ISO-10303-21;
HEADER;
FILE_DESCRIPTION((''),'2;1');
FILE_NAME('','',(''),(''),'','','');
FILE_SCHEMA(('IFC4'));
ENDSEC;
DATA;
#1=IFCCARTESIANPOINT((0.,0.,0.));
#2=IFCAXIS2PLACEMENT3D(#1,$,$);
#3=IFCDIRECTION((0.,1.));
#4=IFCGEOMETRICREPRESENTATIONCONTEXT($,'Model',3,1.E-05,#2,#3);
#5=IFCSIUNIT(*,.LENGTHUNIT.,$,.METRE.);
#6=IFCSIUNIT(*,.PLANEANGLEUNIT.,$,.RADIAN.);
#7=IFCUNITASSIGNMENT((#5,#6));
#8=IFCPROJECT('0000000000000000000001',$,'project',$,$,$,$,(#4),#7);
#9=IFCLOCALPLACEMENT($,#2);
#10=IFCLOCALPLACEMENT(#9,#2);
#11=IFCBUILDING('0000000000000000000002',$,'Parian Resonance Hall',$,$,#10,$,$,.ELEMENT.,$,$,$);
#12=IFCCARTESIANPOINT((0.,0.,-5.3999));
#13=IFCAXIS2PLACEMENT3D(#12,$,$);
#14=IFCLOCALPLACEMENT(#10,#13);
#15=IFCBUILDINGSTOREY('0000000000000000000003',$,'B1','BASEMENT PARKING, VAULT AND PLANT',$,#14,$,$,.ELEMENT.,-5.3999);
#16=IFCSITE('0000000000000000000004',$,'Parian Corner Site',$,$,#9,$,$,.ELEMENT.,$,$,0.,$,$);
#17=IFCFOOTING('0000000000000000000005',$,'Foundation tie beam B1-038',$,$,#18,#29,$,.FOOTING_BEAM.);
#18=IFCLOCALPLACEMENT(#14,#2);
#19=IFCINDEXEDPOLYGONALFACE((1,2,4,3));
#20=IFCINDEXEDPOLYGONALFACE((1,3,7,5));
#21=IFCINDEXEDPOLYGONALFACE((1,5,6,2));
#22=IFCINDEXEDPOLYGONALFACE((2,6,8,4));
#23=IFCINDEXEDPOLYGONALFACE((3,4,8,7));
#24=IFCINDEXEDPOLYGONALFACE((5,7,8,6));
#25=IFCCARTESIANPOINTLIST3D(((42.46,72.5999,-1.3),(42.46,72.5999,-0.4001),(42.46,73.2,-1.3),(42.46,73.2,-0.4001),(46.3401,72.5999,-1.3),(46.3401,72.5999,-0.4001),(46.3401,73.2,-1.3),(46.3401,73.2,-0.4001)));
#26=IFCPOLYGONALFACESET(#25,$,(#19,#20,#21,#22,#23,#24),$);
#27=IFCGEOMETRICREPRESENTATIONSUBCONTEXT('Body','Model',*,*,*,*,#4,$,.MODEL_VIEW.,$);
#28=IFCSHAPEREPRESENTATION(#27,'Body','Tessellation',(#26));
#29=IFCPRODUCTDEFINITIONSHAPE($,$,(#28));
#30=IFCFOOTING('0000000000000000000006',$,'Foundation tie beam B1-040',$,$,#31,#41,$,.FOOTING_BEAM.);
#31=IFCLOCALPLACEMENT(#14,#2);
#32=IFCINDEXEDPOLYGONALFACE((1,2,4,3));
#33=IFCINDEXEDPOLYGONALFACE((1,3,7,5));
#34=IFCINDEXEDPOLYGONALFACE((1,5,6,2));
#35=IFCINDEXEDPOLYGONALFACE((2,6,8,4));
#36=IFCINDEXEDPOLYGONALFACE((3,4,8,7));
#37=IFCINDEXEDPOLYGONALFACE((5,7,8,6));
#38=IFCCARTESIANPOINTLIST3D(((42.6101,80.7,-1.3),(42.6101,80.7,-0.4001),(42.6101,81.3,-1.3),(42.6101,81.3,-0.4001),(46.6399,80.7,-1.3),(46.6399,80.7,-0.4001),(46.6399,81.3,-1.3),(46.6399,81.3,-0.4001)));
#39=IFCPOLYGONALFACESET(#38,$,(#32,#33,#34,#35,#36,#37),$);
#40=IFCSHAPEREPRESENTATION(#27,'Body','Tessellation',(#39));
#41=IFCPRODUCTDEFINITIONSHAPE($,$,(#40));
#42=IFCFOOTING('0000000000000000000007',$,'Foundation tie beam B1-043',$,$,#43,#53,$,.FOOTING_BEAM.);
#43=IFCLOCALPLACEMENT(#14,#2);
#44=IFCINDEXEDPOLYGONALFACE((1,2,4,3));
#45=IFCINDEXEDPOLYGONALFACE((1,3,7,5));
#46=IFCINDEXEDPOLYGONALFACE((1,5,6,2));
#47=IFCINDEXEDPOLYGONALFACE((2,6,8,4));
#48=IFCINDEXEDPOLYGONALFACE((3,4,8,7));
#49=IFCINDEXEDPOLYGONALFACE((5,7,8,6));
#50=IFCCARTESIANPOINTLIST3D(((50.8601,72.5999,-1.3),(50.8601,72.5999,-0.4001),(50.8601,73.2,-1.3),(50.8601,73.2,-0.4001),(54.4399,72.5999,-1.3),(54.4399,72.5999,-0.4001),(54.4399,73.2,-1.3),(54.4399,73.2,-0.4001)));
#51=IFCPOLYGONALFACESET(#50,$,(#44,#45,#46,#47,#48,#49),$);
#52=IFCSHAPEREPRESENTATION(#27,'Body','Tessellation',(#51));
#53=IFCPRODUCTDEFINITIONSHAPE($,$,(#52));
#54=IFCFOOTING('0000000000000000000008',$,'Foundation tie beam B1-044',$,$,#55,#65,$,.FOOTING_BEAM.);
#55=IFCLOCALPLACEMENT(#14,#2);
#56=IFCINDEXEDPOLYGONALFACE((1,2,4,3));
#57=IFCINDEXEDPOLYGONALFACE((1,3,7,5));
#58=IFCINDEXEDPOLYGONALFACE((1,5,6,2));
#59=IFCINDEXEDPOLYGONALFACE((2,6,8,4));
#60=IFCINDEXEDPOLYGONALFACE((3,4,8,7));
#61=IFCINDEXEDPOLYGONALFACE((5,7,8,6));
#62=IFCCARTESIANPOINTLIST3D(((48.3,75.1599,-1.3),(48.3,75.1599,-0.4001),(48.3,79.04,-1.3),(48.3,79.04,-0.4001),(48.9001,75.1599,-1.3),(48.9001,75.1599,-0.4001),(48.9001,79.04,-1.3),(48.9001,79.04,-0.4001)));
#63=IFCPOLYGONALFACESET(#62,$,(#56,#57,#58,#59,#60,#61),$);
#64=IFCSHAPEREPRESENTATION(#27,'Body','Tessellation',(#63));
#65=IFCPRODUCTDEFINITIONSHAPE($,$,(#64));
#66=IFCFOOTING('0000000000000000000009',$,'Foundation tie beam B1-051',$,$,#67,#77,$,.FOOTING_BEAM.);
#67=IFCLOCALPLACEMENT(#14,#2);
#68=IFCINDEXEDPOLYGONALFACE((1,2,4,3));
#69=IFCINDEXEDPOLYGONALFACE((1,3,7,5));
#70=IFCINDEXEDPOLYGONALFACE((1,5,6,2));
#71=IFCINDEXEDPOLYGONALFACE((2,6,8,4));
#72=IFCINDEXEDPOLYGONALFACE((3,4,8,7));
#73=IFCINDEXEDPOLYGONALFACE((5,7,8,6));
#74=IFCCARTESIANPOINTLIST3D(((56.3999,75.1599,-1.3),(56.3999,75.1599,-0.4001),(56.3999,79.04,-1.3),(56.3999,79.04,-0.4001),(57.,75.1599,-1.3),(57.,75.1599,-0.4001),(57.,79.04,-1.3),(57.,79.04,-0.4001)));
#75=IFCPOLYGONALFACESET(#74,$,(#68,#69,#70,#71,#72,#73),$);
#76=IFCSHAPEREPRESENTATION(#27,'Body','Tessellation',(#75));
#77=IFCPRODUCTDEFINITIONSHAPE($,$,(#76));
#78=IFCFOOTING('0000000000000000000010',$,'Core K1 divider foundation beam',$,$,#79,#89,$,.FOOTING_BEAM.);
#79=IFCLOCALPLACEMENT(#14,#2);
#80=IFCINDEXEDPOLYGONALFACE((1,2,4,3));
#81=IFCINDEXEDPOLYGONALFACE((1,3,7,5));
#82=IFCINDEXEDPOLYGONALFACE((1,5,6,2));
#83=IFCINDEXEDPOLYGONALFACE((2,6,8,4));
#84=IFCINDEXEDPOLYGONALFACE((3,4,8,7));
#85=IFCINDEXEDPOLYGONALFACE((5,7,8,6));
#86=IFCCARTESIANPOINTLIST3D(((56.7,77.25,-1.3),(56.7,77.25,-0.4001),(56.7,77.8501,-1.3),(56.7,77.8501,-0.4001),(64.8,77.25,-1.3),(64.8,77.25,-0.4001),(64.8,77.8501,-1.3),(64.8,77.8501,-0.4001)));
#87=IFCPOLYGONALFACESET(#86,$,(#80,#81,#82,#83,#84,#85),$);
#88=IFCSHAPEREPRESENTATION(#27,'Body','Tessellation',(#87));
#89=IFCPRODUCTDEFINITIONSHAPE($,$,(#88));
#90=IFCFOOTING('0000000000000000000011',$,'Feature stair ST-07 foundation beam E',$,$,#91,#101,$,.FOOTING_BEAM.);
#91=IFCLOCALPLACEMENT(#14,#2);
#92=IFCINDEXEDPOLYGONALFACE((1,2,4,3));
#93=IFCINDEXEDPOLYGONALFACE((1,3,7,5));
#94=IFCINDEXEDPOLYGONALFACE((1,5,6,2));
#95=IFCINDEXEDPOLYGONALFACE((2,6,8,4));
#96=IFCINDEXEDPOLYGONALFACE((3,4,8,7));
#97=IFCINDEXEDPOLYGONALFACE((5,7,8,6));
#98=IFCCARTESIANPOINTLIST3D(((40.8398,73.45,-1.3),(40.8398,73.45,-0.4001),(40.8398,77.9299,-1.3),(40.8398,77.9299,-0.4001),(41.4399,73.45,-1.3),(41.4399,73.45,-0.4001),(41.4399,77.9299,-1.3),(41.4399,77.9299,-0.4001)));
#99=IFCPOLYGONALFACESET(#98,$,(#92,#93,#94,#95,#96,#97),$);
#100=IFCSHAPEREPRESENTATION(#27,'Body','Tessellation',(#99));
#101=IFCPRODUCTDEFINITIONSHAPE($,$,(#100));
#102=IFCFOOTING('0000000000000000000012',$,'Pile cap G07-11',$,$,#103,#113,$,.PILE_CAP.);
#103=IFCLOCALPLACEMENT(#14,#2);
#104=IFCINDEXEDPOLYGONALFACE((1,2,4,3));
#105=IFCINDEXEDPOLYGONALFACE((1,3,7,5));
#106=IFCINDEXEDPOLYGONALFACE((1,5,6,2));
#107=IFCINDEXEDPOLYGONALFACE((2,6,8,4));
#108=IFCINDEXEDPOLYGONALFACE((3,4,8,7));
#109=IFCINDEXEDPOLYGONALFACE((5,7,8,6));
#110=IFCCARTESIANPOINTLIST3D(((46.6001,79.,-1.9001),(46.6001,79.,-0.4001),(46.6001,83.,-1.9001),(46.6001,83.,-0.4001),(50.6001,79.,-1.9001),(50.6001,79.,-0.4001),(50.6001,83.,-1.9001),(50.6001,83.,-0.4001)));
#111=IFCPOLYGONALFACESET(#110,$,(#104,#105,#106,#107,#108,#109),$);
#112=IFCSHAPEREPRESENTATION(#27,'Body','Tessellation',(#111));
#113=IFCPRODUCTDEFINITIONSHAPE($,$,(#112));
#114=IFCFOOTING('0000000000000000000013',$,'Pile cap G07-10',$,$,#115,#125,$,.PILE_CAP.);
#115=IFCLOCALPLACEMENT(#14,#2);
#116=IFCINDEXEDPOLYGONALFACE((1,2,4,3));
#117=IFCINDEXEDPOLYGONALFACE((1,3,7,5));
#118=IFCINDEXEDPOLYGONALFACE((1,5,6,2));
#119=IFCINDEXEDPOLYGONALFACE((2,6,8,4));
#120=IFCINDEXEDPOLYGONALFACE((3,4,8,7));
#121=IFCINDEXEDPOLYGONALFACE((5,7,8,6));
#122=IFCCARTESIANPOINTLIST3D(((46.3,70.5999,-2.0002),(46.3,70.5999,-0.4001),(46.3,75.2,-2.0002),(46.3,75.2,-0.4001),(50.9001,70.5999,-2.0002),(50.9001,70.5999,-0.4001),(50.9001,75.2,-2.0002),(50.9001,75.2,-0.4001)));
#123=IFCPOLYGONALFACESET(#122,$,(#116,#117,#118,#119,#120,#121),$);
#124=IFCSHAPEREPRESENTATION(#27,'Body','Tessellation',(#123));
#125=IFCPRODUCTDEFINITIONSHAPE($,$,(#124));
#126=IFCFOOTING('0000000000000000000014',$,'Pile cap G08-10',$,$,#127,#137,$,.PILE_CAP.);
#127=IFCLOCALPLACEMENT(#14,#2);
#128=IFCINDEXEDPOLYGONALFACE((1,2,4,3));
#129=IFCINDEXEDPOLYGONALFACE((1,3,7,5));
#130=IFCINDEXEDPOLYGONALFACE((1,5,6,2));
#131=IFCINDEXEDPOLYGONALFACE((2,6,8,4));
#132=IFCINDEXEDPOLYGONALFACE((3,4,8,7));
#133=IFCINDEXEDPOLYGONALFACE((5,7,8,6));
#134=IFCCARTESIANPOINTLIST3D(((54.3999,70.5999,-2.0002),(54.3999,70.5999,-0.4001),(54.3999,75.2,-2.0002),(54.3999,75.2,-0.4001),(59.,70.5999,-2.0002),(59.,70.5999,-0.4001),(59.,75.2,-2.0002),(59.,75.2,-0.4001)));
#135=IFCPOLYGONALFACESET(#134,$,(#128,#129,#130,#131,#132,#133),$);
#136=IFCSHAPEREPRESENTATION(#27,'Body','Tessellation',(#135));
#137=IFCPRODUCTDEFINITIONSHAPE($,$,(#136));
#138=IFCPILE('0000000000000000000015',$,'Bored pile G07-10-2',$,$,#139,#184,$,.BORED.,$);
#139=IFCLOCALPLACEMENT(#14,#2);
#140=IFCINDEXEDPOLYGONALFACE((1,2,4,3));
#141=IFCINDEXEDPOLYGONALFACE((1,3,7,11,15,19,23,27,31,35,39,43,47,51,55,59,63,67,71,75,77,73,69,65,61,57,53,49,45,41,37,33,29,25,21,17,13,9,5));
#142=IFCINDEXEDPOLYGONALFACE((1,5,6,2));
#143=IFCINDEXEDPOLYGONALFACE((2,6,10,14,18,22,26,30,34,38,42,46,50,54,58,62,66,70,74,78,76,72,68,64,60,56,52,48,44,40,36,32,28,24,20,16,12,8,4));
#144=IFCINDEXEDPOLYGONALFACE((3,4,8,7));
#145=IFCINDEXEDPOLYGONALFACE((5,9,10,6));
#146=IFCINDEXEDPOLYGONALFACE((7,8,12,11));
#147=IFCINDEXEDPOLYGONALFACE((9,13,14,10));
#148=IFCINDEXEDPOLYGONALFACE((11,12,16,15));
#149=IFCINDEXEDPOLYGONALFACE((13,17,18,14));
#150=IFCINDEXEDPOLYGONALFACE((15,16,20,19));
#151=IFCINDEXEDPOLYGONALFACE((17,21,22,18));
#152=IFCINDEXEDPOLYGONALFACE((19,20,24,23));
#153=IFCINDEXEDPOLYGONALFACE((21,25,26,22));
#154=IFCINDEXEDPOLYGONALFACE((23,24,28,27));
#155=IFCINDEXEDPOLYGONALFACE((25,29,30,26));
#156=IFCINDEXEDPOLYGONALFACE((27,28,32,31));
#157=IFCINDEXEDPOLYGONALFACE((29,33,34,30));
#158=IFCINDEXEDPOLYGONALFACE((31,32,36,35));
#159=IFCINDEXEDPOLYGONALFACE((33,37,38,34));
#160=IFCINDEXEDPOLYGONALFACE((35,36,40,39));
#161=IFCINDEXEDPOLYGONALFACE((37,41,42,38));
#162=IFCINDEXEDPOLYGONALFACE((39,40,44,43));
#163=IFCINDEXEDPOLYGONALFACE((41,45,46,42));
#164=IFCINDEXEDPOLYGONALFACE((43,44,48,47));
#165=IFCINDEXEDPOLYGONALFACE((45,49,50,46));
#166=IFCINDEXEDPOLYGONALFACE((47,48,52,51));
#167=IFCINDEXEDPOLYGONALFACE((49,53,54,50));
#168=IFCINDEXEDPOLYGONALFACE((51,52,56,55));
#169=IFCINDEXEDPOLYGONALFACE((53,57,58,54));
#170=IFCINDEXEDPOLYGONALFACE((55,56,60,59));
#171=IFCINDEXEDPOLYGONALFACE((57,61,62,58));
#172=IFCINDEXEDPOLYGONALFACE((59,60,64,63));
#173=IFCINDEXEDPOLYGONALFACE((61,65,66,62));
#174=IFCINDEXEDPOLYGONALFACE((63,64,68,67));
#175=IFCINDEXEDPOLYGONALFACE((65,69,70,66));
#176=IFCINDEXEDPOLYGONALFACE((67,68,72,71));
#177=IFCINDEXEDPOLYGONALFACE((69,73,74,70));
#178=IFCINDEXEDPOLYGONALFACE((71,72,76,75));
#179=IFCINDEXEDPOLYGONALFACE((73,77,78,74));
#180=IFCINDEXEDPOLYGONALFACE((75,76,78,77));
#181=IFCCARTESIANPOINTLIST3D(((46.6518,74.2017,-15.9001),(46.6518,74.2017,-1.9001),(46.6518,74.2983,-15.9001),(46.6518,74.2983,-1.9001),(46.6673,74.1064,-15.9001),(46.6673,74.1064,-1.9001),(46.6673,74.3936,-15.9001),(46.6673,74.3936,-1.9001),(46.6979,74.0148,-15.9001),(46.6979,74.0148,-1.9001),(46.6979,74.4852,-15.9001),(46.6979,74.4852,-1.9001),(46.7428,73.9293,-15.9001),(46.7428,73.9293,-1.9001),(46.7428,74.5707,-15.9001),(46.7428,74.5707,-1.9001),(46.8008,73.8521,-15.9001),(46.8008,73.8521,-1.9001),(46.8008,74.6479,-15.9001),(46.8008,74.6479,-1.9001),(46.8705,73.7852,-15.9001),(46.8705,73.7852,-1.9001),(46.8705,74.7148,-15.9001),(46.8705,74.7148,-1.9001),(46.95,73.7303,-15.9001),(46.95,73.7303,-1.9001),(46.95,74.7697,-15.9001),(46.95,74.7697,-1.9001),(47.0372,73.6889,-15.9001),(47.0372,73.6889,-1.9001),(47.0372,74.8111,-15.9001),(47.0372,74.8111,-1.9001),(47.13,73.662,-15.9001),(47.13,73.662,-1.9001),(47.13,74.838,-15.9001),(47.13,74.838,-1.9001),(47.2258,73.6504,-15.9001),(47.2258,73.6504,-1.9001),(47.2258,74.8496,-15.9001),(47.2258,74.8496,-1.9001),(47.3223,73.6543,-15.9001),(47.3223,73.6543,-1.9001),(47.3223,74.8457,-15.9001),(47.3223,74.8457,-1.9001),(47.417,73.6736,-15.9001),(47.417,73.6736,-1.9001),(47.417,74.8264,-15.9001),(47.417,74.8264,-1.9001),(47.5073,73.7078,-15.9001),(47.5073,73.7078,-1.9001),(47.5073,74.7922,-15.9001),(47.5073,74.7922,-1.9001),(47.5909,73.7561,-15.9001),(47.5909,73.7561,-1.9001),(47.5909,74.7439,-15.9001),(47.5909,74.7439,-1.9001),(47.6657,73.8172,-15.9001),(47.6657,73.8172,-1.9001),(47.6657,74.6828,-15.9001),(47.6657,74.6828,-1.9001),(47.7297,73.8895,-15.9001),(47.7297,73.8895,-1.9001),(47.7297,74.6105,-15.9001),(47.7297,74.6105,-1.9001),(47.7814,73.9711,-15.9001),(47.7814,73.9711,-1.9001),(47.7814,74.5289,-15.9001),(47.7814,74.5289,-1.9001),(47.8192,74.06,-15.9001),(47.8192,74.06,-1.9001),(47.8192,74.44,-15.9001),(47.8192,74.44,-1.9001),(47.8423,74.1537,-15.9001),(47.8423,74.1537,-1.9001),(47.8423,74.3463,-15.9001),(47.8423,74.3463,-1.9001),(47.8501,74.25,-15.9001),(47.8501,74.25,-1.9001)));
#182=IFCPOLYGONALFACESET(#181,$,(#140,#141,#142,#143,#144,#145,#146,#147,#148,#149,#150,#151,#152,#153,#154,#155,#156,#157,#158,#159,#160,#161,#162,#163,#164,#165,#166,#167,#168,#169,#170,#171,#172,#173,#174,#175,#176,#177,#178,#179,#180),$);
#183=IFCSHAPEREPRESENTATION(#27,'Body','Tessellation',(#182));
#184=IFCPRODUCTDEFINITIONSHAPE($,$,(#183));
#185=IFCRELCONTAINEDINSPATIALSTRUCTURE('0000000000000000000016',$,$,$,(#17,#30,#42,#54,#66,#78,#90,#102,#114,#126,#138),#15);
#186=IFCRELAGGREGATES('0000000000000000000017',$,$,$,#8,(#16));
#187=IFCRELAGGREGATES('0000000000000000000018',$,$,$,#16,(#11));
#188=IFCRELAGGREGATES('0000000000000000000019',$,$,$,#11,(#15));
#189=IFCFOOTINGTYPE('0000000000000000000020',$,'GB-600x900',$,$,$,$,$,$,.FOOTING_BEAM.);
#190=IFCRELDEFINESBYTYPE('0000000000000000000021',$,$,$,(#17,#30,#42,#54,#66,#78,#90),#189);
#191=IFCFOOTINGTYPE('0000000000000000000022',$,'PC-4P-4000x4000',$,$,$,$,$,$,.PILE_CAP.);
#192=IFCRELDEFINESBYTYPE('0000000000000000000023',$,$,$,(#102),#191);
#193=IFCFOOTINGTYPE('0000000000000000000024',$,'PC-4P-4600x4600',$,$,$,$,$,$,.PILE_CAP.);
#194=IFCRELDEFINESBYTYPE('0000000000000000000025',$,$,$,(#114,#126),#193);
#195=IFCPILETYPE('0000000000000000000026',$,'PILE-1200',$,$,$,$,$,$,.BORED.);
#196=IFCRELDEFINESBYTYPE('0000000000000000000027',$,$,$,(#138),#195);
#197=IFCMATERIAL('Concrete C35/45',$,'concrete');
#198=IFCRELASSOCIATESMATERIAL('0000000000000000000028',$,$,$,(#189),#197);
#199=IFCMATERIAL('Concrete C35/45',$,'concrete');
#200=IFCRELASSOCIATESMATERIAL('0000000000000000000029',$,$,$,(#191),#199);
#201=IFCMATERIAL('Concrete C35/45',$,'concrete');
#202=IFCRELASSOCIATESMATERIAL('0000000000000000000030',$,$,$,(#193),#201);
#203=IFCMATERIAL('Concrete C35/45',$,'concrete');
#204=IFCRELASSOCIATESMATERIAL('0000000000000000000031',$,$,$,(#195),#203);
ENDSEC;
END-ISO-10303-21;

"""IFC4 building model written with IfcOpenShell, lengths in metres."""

from ifc_helpers import new_model, si_unit, direction, frame, origin, origin_2d, place, context, subcontext, project, spatial, rectangle, circle, extrude, material, material_profile, profile_set, type_object, element, save


model = new_model("IFC4")

# Units and contexts
model_context = context("Model", 3, precision=1e-05, world=origin(), true_north=direction((0.0, 1.0)))
body_context = subcontext(model_context, "Body", "Model", "MODEL_VIEW")
ifc_project = project(units=[si_unit("LENGTHUNIT", "METRE"), si_unit("PLANEANGLEUNIT", "RADIAN")], contexts=[model_context])

# Site, building, storey
site_placement = place(None, origin())
site = spatial("IfcSite", under=ifc_project, at=site_placement, Name="Parian Corner Site", CompositionType="ELEMENT", RefElevation=0.0)
building_placement = place(site_placement, origin())
building = spatial("IfcBuilding", under=site, at=building_placement, Name="Parian Resonance Hall", CompositionType="ELEMENT")
storey_placement = place(building_placement, frame((0.0, 0.0, -5.3999)))
storey = spatial("IfcBuildingStorey", under=building, at=storey_placement, Name="B1", Description="BASEMENT PARKING, VAULT AND PLANT", CompositionType="ELEMENT", Elevation=-5.3999)

# Footings
ifc_material_1 = material(Name="Concrete C35/45", Category="concrete")
ifc_material_profile_1 = material_profile(ifc_material_1, rectangle(XDim=0.6001, YDim=0.8999, at=origin_2d()), Name="RC-GB-600x900")
ifc_profile_set_1 = profile_set([ifc_material_profile_1], Name="Concrete C35/45")
footing_type_1 = type_object("IfcFootingType", Name="GB-600x900", PredefinedType="FOOTING_BEAM", material=ifc_profile_set_1)
footing_1_placement = place(storey_placement, frame((42.46, 72.8999, -0.8501), z_axis=(1.0, 0.0, 0.0), x_axis=(0.0, 1.0, 0.0)))
element("IfcFooting", 1, at=footing_1_placement, inside=storey, type_object=footing_type_1, Name="Foundation tie beam B1-038", PredefinedType="FOOTING_BEAM", context=body_context, shape_type="SweptSolid", body=[
    extrude(rectangle(XDim=0.6001, YDim=0.8999, at=origin_2d()), origin(), (0.0, 0.0, 1.0), 3.8801),
])
footing_2_placement = place(storey_placement, frame((42.6101, 81.0, -0.8501), z_axis=(1.0, 0.0, 0.0), x_axis=(0.0, 1.0, 0.0)))
element("IfcFooting", 2, at=footing_2_placement, inside=storey, type_object=footing_type_1, Name="Foundation tie beam B1-040", PredefinedType="FOOTING_BEAM", context=body_context, shape_type="SweptSolid", body=[
    extrude(rectangle(XDim=0.6001, YDim=0.8999, at=origin_2d()), origin(), (0.0, 0.0, 1.0), 4.0298),
])
footing_3_placement = place(storey_placement, frame((50.8601, 72.8999, -0.8501), z_axis=(1.0, 0.0, 0.0), x_axis=(0.0, 1.0, 0.0)))
element("IfcFooting", 3, at=footing_3_placement, inside=storey, type_object=footing_type_1, Name="Foundation tie beam B1-043", PredefinedType="FOOTING_BEAM", context=body_context, shape_type="SweptSolid", body=[
    extrude(rectangle(XDim=0.6001, YDim=0.8999, at=origin_2d()), origin(), (0.0, 0.0, 1.0), 3.5798),
])
for number, where, z_axis, x_axis, name in (
    (4, (48.6001, 75.1599, -0.8501), (0.0, 1.0, 0.0), (-1.0, 0.0, 0.0), "Foundation tie beam B1-044"),
    (5, (56.7, 75.1599, -0.8501), (0.0, 1.0, 0.0), (-1.0, 0.0, 0.0), "Foundation tie beam B1-051"),
):
    element("IfcFooting", number, at=place(storey_placement, frame(where, z_axis=z_axis, x_axis=x_axis)), inside=storey, type_object=footing_type_1, Name=name, PredefinedType="FOOTING_BEAM", context=body_context, shape_type="SweptSolid", body=[
        extrude(rectangle(XDim=0.6001, YDim=0.8999, at=origin_2d()), origin(), (0.0, 0.0, 1.0), 3.8801),
    ])
footing_4_placement = place(storey_placement, frame((56.7, 77.55, -0.8501), z_axis=(1.0, 0.0, 0.0), x_axis=(0.0, 1.0, 0.0)))
element("IfcFooting", 6, at=footing_4_placement, inside=storey, type_object=footing_type_1, Name="Core K1 divider foundation beam", PredefinedType="FOOTING_BEAM", context=body_context, shape_type="SweptSolid", body=[
    extrude(rectangle(XDim=0.6001, YDim=0.8999, at=origin_2d()), origin(), (0.0, 0.0, 1.0), 8.1001),
])
footing_5_placement = place(storey_placement, frame((41.1399, 73.45, -0.8501), z_axis=(0.0, 1.0, 0.0), x_axis=(-1.0, 0.0, 0.0)))
element("IfcFooting", 7, at=footing_5_placement, inside=storey, type_object=footing_type_1, Name="Feature stair ST-07 foundation beam E", PredefinedType="FOOTING_BEAM", context=body_context, shape_type="SweptSolid", body=[
    extrude(rectangle(XDim=0.6001, YDim=0.8999, at=origin_2d()), origin(), (0.0, 0.0, 1.0), 4.48),
])
ifc_material_2 = material(Name="Concrete C35/45", Category="concrete")
footing_type_2 = type_object("IfcFootingType", Name="PC-4P-4000x4000", PredefinedType="PILE_CAP", material=ifc_material_2)
footing_6_placement = place(storey_placement, frame((48.6001, 81.0, -1.9001), z_axis=(0.0, 0.0, 1.0), x_axis=(1.0, 0.0, 0.0)))
element("IfcFooting", 8, at=footing_6_placement, inside=storey, type_object=footing_type_2, Name="Pile cap G07-11", PredefinedType="PILE_CAP", context=body_context, shape_type="SweptSolid", body=[
    extrude(rectangle(XDim=4.0, YDim=4.0, at=origin_2d()), origin(), (0.0, 0.0, 1.0), 1.5),
])
ifc_material_3 = material(Name="Concrete C35/45", Category="concrete")
footing_type_3 = type_object("IfcFootingType", Name="PC-4P-4600x4600", PredefinedType="PILE_CAP", material=ifc_material_3)
for number, where, z_axis, x_axis, name in (
    (9, (48.6001, 72.8999, -2.0002), (0.0, 0.0, 1.0), (1.0, 0.0, 0.0), "Pile cap G07-10"),
    (10, (56.7, 72.8999, -2.0002), (0.0, 0.0, 1.0), (1.0, 0.0, 0.0), "Pile cap G08-10"),
):
    element("IfcFooting", number, at=place(storey_placement, frame(where, z_axis=z_axis, x_axis=x_axis)), inside=storey, type_object=footing_type_3, Name=name, PredefinedType="PILE_CAP", context=body_context, shape_type="SweptSolid", body=[
        extrude(rectangle(XDim=4.6001, YDim=4.6001, at=origin_2d()), origin(), (0.0, 0.0, 1.0), 1.6001),
    ])

# Pile
ifc_material_4 = material(Name="Concrete C35/45", Category="concrete")
ifc_material_profile_2 = material_profile(ifc_material_4, circle(Radius=0.6001, at=origin_2d()), Name="PILE-D1200")
ifc_profile_set_2 = profile_set([ifc_material_profile_2], Name="Concrete C35/45")
pile_type_1 = type_object("IfcPileType", Name="PILE-1200", PredefinedType="BORED", material=ifc_profile_set_2)
for number, where, z_axis, x_axis, name in (
    (11, (47.25, 74.25, -1.9001), (0.0, 0.0, -1.0), (1.0, 0.0, 0.0), "Bored pile G07-10-2"),
):
    element("IfcPile", number, at=place(storey_placement, frame(where, z_axis=z_axis, x_axis=x_axis)), inside=storey, type_object=pile_type_1, Name=name, PredefinedType="BORED", context=body_context, shape_type="SweptSolid", body=[
        extrude(circle(Radius=0.6001, at=origin_2d()), origin(), (0.0, 0.0, 1.0), 14.0),
    ])

save(model, "model.ifc")
